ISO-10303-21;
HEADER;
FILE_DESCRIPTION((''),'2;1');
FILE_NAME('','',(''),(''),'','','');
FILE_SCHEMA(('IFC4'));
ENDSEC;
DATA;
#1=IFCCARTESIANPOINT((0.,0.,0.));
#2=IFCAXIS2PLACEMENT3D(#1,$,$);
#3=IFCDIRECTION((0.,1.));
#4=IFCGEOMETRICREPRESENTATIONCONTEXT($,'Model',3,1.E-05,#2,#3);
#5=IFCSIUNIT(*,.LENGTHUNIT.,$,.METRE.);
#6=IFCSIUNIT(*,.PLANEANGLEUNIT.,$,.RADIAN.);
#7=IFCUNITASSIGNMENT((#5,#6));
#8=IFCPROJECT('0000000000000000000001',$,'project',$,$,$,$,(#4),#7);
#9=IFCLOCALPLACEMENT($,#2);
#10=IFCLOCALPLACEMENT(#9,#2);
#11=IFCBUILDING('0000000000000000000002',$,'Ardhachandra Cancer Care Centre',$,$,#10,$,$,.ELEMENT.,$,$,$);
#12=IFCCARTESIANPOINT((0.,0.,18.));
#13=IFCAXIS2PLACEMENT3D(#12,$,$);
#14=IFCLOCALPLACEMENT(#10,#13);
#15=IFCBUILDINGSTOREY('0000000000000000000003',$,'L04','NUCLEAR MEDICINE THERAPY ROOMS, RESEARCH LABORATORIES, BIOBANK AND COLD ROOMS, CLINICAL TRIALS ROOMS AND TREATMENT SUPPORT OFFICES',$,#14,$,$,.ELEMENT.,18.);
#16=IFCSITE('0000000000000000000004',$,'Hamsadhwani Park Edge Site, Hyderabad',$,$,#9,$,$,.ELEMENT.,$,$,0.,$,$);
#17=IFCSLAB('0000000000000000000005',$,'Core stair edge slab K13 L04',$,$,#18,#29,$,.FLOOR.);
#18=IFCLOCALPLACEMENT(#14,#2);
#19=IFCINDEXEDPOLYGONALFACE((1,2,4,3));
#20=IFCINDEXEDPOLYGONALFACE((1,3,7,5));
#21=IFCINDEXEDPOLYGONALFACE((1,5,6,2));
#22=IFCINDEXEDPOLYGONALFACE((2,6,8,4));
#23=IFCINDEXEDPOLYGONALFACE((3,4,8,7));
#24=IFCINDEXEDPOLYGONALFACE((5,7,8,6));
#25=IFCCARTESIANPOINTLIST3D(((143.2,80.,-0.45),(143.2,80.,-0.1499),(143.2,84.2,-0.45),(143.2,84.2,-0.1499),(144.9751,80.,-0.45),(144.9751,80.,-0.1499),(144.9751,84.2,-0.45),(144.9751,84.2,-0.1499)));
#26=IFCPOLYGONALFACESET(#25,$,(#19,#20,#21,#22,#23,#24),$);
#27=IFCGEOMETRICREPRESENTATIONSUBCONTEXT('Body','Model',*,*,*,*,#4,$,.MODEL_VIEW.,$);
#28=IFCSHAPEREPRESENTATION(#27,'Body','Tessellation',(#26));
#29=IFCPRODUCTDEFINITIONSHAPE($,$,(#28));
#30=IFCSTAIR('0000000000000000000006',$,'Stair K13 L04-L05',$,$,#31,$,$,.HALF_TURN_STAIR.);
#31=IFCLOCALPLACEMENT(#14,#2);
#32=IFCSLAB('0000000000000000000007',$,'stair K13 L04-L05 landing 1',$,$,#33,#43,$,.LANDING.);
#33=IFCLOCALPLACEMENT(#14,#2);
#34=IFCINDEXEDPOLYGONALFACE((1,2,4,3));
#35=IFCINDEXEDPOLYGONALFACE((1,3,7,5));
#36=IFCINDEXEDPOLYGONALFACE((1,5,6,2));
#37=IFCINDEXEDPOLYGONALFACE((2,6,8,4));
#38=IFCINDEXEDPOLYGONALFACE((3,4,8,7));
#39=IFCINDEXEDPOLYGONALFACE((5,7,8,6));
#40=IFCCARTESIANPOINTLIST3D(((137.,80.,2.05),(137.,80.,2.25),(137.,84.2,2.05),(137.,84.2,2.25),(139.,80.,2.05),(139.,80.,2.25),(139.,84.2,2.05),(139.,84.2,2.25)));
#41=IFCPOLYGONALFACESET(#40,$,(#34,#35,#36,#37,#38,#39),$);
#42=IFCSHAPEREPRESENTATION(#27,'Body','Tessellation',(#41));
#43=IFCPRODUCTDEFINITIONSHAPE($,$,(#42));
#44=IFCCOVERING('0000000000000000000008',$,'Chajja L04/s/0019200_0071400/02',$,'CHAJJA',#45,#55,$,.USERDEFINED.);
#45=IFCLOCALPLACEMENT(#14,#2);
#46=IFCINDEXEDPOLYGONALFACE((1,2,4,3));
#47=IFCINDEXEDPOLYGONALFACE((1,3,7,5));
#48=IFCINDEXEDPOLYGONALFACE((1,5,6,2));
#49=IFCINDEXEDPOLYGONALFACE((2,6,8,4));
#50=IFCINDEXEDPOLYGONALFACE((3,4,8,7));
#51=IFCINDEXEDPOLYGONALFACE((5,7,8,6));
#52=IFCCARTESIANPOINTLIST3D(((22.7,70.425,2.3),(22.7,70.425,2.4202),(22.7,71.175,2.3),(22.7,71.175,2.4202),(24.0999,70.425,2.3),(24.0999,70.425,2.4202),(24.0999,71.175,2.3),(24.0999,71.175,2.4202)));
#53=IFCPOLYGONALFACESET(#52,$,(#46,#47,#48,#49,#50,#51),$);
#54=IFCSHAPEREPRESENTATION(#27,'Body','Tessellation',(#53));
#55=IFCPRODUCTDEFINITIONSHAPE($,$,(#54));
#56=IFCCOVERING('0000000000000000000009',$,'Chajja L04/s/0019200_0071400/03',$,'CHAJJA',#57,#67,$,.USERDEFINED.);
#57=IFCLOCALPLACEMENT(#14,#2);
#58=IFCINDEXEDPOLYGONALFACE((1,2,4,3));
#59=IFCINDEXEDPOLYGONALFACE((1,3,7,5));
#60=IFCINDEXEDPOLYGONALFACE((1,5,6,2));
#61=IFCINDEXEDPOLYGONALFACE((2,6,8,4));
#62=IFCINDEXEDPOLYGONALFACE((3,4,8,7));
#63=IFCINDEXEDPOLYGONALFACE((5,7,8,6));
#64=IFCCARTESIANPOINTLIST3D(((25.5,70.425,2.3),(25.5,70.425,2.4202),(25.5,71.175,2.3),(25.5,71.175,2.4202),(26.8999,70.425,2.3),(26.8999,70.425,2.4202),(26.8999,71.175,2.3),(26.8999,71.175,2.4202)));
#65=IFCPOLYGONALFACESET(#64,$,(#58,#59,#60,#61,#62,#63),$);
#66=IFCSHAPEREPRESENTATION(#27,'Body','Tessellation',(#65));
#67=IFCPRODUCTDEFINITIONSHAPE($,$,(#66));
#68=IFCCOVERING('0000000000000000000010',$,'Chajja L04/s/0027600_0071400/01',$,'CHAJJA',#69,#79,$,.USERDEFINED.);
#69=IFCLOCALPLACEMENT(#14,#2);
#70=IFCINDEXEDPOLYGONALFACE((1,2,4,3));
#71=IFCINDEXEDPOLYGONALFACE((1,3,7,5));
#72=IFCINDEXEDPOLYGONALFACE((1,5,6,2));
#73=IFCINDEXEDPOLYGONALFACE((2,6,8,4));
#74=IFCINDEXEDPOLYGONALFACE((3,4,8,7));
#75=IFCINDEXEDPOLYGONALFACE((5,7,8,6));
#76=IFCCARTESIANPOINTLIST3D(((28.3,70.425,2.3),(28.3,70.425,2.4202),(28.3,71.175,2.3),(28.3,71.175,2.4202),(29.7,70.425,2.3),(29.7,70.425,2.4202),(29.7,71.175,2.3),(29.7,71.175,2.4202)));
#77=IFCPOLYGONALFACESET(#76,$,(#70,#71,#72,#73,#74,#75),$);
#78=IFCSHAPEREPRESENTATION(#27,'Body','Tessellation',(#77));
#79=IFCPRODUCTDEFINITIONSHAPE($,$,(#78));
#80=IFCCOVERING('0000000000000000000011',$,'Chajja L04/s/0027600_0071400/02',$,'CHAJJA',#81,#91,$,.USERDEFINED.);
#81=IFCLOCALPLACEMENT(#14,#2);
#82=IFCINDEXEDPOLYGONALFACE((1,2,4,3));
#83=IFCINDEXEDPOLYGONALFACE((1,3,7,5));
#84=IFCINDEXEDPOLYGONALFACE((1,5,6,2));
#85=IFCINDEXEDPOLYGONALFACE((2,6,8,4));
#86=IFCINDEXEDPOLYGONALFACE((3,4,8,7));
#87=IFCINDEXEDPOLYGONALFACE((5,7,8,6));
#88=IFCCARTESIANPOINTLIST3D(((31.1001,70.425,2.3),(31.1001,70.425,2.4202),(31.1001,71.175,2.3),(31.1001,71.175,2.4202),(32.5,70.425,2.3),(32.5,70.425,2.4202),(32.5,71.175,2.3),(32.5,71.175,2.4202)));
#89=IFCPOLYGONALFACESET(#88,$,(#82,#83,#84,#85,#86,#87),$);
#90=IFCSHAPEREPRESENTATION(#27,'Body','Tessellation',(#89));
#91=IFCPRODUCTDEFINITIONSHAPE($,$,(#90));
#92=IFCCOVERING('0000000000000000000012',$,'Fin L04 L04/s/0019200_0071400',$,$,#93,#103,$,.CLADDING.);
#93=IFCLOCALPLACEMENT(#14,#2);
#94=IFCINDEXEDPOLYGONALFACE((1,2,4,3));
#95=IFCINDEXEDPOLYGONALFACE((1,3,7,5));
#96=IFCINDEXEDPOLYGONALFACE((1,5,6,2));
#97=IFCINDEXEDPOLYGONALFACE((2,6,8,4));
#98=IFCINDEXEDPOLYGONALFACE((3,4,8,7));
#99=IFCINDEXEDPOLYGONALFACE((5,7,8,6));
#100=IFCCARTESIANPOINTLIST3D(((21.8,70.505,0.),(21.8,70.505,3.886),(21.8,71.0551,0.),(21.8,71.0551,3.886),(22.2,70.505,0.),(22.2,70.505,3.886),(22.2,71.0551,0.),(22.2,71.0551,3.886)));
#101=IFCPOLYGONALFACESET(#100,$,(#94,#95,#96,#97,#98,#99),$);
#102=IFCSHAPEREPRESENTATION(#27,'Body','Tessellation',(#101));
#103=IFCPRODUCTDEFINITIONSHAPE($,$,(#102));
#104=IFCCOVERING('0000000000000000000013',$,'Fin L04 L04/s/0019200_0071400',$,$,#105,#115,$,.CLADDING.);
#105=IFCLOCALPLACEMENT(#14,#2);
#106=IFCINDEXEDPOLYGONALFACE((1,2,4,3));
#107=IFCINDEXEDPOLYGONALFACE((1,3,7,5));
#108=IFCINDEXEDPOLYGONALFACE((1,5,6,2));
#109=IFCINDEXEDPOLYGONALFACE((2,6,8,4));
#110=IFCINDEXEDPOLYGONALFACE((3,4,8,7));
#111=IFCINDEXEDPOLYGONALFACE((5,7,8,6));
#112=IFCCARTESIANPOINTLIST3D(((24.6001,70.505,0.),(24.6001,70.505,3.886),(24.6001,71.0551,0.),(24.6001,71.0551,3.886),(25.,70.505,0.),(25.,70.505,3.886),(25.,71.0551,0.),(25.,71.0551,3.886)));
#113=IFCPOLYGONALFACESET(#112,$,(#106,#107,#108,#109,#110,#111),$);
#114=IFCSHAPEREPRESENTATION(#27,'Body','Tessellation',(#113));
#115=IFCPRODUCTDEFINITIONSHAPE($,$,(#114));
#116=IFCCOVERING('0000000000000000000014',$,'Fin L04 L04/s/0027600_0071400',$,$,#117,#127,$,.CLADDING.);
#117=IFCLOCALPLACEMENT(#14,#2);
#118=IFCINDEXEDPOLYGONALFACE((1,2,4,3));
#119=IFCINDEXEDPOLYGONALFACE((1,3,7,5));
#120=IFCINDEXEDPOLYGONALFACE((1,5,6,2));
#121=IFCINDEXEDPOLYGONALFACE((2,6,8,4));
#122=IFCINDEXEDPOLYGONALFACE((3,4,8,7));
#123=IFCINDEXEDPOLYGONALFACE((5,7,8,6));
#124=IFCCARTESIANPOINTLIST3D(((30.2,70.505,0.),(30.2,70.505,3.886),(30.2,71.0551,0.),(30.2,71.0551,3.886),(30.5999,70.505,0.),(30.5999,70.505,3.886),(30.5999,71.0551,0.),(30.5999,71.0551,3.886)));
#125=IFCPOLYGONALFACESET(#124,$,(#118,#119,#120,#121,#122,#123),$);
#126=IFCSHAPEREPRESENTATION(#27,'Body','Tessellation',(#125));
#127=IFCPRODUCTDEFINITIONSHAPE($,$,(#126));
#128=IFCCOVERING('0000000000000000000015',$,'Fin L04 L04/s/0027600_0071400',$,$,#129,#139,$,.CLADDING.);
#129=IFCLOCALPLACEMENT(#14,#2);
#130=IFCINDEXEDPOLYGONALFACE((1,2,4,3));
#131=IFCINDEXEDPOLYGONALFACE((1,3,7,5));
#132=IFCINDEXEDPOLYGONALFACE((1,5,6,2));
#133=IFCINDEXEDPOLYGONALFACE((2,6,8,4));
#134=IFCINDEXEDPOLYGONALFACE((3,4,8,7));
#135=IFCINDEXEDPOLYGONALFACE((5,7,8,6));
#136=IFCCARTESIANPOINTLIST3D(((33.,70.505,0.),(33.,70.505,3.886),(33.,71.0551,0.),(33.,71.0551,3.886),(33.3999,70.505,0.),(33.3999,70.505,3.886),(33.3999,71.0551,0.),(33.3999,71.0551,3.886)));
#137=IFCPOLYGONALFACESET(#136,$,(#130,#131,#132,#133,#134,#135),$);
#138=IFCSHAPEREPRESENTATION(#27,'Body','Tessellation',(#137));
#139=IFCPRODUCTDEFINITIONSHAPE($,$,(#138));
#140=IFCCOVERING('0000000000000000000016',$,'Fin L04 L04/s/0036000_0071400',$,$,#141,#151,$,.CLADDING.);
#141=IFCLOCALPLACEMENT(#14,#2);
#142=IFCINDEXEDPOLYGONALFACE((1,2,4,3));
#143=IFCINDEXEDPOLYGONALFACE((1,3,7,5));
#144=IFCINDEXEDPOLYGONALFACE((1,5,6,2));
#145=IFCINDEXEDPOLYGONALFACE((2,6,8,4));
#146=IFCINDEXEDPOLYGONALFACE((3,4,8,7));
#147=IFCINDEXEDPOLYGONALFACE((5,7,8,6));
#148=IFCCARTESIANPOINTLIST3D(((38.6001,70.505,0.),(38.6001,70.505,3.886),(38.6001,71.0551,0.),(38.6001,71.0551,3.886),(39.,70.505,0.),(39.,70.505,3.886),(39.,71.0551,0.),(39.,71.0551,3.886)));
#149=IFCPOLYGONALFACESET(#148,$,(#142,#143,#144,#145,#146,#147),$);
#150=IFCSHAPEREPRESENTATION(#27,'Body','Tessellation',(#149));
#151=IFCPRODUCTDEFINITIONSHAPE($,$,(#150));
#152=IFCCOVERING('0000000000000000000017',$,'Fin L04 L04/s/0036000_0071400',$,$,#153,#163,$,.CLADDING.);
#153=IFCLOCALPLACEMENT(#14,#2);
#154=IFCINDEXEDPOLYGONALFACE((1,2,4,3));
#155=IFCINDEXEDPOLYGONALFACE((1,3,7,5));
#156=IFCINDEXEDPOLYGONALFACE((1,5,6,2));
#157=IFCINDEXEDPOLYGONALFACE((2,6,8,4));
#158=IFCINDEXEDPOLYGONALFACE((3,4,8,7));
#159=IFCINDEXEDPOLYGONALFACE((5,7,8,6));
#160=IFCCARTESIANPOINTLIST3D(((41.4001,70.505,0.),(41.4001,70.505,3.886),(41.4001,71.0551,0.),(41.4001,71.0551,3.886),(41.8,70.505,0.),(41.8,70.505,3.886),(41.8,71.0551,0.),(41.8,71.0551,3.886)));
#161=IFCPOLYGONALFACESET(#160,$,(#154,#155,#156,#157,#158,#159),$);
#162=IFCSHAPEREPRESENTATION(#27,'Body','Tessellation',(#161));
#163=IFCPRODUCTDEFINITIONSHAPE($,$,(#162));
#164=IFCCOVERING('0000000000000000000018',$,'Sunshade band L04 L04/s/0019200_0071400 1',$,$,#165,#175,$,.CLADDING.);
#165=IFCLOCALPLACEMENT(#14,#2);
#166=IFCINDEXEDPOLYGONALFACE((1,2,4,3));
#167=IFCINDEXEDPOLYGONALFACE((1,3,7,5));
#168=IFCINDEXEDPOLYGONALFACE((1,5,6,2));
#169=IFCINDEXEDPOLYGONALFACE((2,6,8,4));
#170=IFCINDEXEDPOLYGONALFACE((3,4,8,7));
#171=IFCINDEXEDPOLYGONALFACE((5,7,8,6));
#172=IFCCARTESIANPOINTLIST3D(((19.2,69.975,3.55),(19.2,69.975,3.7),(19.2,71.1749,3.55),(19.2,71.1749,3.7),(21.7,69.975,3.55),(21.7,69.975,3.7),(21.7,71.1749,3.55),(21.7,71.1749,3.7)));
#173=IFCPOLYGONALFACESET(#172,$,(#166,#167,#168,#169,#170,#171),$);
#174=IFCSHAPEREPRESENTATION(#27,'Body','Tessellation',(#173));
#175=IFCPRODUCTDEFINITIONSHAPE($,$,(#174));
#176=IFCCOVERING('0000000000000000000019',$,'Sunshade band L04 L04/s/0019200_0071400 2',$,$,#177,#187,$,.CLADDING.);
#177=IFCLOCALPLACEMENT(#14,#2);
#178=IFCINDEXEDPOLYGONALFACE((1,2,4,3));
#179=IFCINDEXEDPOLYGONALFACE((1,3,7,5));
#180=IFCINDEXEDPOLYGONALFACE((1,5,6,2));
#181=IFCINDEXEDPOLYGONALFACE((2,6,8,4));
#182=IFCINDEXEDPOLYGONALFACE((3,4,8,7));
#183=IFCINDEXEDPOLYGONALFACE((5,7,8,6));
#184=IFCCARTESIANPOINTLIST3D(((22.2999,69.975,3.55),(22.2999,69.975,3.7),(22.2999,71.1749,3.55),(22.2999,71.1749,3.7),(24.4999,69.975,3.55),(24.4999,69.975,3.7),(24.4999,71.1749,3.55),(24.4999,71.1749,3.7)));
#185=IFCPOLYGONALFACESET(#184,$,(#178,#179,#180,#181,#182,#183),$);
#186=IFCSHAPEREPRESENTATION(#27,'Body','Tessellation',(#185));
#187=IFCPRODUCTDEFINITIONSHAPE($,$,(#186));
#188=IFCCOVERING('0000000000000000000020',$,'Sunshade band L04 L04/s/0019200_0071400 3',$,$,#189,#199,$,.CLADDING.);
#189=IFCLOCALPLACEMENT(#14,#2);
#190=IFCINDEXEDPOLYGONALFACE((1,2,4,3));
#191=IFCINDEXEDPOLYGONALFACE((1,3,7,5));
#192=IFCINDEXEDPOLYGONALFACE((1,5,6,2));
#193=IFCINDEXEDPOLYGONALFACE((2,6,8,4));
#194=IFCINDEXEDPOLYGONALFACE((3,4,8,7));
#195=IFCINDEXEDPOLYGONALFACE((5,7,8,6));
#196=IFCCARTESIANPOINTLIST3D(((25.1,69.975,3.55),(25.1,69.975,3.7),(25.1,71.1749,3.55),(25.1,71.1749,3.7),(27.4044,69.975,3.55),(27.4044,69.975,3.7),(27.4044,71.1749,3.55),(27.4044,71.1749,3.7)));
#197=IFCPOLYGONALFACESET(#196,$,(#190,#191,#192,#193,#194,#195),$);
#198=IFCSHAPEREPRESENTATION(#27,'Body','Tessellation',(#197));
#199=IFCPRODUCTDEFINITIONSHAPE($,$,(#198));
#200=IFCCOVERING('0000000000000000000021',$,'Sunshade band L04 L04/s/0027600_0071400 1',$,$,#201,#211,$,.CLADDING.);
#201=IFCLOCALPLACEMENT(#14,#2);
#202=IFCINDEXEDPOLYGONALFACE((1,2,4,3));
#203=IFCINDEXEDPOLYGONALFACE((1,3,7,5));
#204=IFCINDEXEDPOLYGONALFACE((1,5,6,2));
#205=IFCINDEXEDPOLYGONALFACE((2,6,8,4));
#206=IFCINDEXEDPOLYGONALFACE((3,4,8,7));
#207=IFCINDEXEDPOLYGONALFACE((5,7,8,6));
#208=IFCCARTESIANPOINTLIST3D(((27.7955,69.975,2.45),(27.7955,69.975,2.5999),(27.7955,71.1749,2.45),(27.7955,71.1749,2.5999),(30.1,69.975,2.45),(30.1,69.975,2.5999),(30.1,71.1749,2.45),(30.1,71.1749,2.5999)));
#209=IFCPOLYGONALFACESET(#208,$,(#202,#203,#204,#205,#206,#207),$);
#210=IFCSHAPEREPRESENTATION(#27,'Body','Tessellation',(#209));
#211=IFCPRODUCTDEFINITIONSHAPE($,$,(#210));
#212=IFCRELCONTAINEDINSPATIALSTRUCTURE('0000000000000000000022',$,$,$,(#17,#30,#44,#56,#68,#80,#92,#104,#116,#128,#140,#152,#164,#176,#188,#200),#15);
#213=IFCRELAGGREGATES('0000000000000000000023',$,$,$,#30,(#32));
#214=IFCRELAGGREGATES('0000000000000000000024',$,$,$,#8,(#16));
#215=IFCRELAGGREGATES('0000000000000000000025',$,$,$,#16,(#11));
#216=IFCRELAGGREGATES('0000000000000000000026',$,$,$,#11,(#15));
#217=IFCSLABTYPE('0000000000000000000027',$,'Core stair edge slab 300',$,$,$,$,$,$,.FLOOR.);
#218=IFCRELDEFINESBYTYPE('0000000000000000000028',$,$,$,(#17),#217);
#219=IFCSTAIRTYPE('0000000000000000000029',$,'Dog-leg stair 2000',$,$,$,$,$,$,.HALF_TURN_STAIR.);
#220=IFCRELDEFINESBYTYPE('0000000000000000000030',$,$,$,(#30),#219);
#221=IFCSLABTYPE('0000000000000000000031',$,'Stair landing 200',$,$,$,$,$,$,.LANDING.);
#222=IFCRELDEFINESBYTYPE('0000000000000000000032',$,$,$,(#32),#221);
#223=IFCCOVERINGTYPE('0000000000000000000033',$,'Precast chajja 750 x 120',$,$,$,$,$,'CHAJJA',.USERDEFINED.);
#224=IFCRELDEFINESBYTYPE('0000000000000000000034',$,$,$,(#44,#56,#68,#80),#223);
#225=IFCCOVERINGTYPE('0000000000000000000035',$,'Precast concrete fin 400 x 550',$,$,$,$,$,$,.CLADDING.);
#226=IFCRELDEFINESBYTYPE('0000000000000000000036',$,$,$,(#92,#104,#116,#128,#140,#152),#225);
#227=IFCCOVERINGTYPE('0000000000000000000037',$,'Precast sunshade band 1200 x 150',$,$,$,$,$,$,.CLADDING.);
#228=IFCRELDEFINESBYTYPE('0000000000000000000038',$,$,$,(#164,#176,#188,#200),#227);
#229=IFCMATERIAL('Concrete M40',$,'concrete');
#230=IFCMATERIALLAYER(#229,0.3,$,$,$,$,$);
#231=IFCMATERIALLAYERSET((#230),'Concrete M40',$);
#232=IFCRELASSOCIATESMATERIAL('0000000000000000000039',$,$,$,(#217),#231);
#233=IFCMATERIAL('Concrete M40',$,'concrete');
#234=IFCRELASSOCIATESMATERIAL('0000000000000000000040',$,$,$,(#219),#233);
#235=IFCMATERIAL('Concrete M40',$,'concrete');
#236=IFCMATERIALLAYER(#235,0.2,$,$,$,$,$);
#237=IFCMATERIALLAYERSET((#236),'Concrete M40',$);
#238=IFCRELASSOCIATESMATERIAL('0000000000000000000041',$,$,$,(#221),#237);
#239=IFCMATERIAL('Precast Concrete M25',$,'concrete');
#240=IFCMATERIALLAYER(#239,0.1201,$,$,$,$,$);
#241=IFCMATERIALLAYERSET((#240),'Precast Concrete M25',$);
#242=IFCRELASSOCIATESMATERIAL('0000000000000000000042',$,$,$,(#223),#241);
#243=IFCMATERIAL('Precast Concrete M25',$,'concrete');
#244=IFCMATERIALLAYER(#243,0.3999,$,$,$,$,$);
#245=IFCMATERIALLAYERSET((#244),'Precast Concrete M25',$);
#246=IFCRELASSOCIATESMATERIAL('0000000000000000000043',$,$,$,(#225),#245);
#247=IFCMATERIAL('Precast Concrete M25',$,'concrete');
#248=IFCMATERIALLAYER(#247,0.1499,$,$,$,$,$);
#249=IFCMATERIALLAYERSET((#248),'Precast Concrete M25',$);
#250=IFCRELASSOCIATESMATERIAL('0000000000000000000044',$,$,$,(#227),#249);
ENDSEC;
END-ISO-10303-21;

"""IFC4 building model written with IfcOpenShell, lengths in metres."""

from ifc_helpers import new_model, si_unit, direction, frame, origin, origin_2d, place, context, subcontext, project, spatial, polyline, rectangle, outline, extrude, material, layer, layer_set, type_object, element, aggregate, save


model = new_model("IFC4")

# Units and contexts
model_context = context("Model", 3, precision=1e-05, world=origin(), true_north=direction((0.0, 1.0)))
body_context = subcontext(model_context, "Body", "Model", "MODEL_VIEW")
ifc_project = project(units=[si_unit("LENGTHUNIT", "METRE"), si_unit("PLANEANGLEUNIT", "RADIAN")], contexts=[model_context])

# Site, building, storey
site_placement = place(None, origin())
site = spatial("IfcSite", under=ifc_project, at=site_placement, Name="Hamsadhwani Park Edge Site, Hyderabad", CompositionType="ELEMENT", RefElevation=0.0)
building_placement = place(site_placement, origin())
building = spatial("IfcBuilding", under=site, at=building_placement, Name="Ardhachandra Cancer Care Centre", CompositionType="ELEMENT")
storey_placement = place(building_placement, frame((0.0, 0.0, 18.0)))
storey = spatial("IfcBuildingStorey", under=building, at=storey_placement, Name="L04", Description="NUCLEAR MEDICINE THERAPY ROOMS, RESEARCH LABORATORIES, BIOBANK AND COLD ROOMS, CLINICAL TRIALS ROOMS AND TREATMENT SUPPORT OFFICES", CompositionType="ELEMENT", Elevation=18.0)

# Slab
ifc_material_1 = material(Name="Concrete M40", Category="concrete")
ifc_layer_1 = layer(ifc_material_1, 0.3)
ifc_layer_set_1 = layer_set([ifc_layer_1], Name="Concrete M40")
slab_type_1 = type_object("IfcSlabType", Name="Core stair edge slab 300", PredefinedType="FLOOR", material=ifc_layer_set_1)
slab_1_placement = place(storey_placement, frame((0.0, 0.0, -0.45)))
element("IfcSlab", 1, at=slab_1_placement, inside=storey, type_object=slab_type_1, Name="Core stair edge slab K13 L04", PredefinedType="FLOOR", context=body_context, shape_type="SweptSolid", body=[
    extrude(outline(polyline([(143.2, 80.0), (143.2, 84.2), (144.9751, 84.2), (144.9751, 80.0), (143.2, 80.0)])), origin(), (0.0, 0.0, 1.0), 0.3),
])

# Stair, slab
ifc_material_2 = material(Name="Concrete M40", Category="concrete")
stair_type = type_object("IfcStairType", Name="Dog-leg stair 2000", PredefinedType="HALF_TURN_STAIR", material=ifc_material_2)
stair_placement = place(storey_placement, origin())
stair = element("IfcStair", 2, at=stair_placement, inside=storey, type_object=stair_type, Name="Stair K13 L04-L05", PredefinedType="HALF_TURN_STAIR")
ifc_material_3 = material(Name="Concrete M40", Category="concrete")
ifc_layer_2 = layer(ifc_material_3, 0.2)
ifc_layer_set_2 = layer_set([ifc_layer_2], Name="Concrete M40")
slab_type_2 = type_object("IfcSlabType", Name="Stair landing 200", PredefinedType="LANDING", material=ifc_layer_set_2)
slab_2_placement = place(storey_placement, frame((0.0, 0.0, 2.05)))
slab_2 = element("IfcSlab", 3, at=slab_2_placement, type_object=slab_type_2, Name="stair K13 L04-L05 landing 1", PredefinedType="LANDING", context=body_context, shape_type="SweptSolid", body=[
    extrude(outline(polyline([(137.0, 80.0), (139.0, 80.0), (139.0, 84.2), (137.0, 84.2), (137.0, 80.0)])), origin(), (0.0, 0.0, 1.0), 0.2),
])
aggregate(stair, [slab_2])

# Coverings
ifc_material_4 = material(Name="Precast Concrete M25", Category="concrete")
ifc_layer_3 = layer(ifc_material_4, 0.1201)
ifc_layer_set_3 = layer_set([ifc_layer_3], Name="Precast Concrete M25")
covering_type_1 = type_object("IfcCoveringType", Name="Precast chajja 750 x 120", ElementType="CHAJJA", PredefinedType="USERDEFINED", material=ifc_layer_set_3)
for number, where, z_axis, x_axis, name in (
    (4, (23.3999, 70.8, 2.3), (0.0, 0.0, 1.0), (1.0, 0.0, 0.0), "Chajja L04/s/0019200_0071400/02"),
    (5, (26.2, 70.8, 2.3), (0.0, 0.0, 1.0), (1.0, 0.0, 0.0), "Chajja L04/s/0019200_0071400/03"),
    (6, (29.0, 70.8, 2.3), (0.0, 0.0, 1.0), (1.0, 0.0, 0.0), "Chajja L04/s/0027600_0071400/01"),
    (7, (31.8, 70.8, 2.3), (0.0, 0.0, 1.0), (1.0, 0.0, 0.0), "Chajja L04/s/0027600_0071400/02"),
):
    element("IfcCovering", number, at=place(storey_placement, frame(where, z_axis=z_axis, x_axis=x_axis)), inside=storey, type_object=covering_type_1, Name=name, ObjectType="CHAJJA", PredefinedType="USERDEFINED", context=body_context, shape_type="SweptSolid", body=[
        extrude(rectangle(XDim=1.3999, YDim=0.75, at=origin_2d()), origin(), (0.0, 0.0, 1.0), 0.1201),
    ])
ifc_material_5 = material(Name="Precast Concrete M25", Category="concrete")
ifc_layer_4 = layer(ifc_material_5, 0.3999)
ifc_layer_set_4 = layer_set([ifc_layer_4], Name="Precast Concrete M25")
covering_type_2 = type_object("IfcCoveringType", Name="Precast concrete fin 400 x 550", PredefinedType="CLADDING", material=ifc_layer_set_4)
for number, where, z_axis, x_axis, name in (
    (8, (22.0, 70.78, 0.0), (0.0, 0.0, 1.0), (1.0, 0.0, 0.0), "Fin L04 L04/s/0019200_0071400"),
    (9, (24.8, 70.78, 0.0), (0.0, 0.0, 1.0), (1.0, 0.0, 0.0), "Fin L04 L04/s/0019200_0071400"),
    (10, (30.3999, 70.78, 0.0), (0.0, 0.0, 1.0), (1.0, 0.0, 0.0), "Fin L04 L04/s/0027600_0071400"),
    (11, (33.2, 70.78, 0.0), (0.0, 0.0, 1.0), (1.0, 0.0, 0.0), "Fin L04 L04/s/0027600_0071400"),
    (12, (38.8, 70.78, 0.0), (0.0, 0.0, 1.0), (1.0, 0.0, 0.0), "Fin L04 L04/s/0036000_0071400"),
    (13, (41.6001, 70.78, 0.0), (0.0, 0.0, 1.0), (1.0, 0.0, 0.0), "Fin L04 L04/s/0036000_0071400"),
):
    element("IfcCovering", number, at=place(storey_placement, frame(where, z_axis=z_axis, x_axis=x_axis)), inside=storey, type_object=covering_type_2, Name=name, PredefinedType="CLADDING", context=body_context, shape_type="SweptSolid", body=[
        extrude(rectangle(XDim=0.3999, YDim=0.55, at=origin_2d()), origin(), (0.0, 0.0, 1.0), 3.886),
    ])
ifc_material_6 = material(Name="Precast Concrete M25", Category="concrete")
ifc_layer_5 = layer(ifc_material_6, 0.1499)
ifc_layer_set_5 = layer_set([ifc_layer_5], Name="Precast Concrete M25")
covering_type_3 = type_object("IfcCoveringType", Name="Precast sunshade band 1200 x 150", PredefinedType="CLADDING", material=ifc_layer_set_5)
covering_1_placement = place(storey_placement, frame((20.45, 70.575, 3.55), z_axis=(0.0, 0.0, 1.0), x_axis=(1.0, 0.0, 0.0)))
element("IfcCovering", 14, at=covering_1_placement, inside=storey, type_object=covering_type_3, Name="Sunshade band L04 L04/s/0019200_0071400 1", PredefinedType="CLADDING", context=body_context, shape_type="SweptSolid", body=[
    extrude(rectangle(XDim=2.5, YDim=1.2, at=origin_2d()), origin(), (0.0, 0.0, 1.0), 0.1499),
])
covering_2_placement = place(storey_placement, frame((23.3999, 70.575, 3.55), z_axis=(0.0, 0.0, 1.0), x_axis=(1.0, 0.0, 0.0)))
element("IfcCovering", 15, at=covering_2_placement, inside=storey, type_object=covering_type_3, Name="Sunshade band L04 L04/s/0019200_0071400 2", PredefinedType="CLADDING", context=body_context, shape_type="SweptSolid", body=[
    extrude(rectangle(XDim=2.2, YDim=1.2, at=origin_2d()), origin(), (0.0, 0.0, 1.0), 0.1499),
])
for number, where, z_axis, x_axis, name in (
    (16, (26.2522, 70.575, 3.55), (0.0, 0.0, 1.0), (1.0, 0.0, 0.0), "Sunshade band L04 L04/s/0019200_0071400 3"),
    (17, (28.9478, 70.575, 2.45), (0.0, 0.0, 1.0), (1.0, 0.0, 0.0), "Sunshade band L04 L04/s/0027600_0071400 1"),
):
    element("IfcCovering", number, at=place(storey_placement, frame(where, z_axis=z_axis, x_axis=x_axis)), inside=storey, type_object=covering_type_3, Name=name, PredefinedType="CLADDING", context=body_context, shape_type="SweptSolid", body=[
        extrude(rectangle(XDim=2.3044, YDim=1.2, at=origin_2d()), origin(), (0.0, 0.0, 1.0), 0.1499),
    ])

save(model, "model.ifc")
